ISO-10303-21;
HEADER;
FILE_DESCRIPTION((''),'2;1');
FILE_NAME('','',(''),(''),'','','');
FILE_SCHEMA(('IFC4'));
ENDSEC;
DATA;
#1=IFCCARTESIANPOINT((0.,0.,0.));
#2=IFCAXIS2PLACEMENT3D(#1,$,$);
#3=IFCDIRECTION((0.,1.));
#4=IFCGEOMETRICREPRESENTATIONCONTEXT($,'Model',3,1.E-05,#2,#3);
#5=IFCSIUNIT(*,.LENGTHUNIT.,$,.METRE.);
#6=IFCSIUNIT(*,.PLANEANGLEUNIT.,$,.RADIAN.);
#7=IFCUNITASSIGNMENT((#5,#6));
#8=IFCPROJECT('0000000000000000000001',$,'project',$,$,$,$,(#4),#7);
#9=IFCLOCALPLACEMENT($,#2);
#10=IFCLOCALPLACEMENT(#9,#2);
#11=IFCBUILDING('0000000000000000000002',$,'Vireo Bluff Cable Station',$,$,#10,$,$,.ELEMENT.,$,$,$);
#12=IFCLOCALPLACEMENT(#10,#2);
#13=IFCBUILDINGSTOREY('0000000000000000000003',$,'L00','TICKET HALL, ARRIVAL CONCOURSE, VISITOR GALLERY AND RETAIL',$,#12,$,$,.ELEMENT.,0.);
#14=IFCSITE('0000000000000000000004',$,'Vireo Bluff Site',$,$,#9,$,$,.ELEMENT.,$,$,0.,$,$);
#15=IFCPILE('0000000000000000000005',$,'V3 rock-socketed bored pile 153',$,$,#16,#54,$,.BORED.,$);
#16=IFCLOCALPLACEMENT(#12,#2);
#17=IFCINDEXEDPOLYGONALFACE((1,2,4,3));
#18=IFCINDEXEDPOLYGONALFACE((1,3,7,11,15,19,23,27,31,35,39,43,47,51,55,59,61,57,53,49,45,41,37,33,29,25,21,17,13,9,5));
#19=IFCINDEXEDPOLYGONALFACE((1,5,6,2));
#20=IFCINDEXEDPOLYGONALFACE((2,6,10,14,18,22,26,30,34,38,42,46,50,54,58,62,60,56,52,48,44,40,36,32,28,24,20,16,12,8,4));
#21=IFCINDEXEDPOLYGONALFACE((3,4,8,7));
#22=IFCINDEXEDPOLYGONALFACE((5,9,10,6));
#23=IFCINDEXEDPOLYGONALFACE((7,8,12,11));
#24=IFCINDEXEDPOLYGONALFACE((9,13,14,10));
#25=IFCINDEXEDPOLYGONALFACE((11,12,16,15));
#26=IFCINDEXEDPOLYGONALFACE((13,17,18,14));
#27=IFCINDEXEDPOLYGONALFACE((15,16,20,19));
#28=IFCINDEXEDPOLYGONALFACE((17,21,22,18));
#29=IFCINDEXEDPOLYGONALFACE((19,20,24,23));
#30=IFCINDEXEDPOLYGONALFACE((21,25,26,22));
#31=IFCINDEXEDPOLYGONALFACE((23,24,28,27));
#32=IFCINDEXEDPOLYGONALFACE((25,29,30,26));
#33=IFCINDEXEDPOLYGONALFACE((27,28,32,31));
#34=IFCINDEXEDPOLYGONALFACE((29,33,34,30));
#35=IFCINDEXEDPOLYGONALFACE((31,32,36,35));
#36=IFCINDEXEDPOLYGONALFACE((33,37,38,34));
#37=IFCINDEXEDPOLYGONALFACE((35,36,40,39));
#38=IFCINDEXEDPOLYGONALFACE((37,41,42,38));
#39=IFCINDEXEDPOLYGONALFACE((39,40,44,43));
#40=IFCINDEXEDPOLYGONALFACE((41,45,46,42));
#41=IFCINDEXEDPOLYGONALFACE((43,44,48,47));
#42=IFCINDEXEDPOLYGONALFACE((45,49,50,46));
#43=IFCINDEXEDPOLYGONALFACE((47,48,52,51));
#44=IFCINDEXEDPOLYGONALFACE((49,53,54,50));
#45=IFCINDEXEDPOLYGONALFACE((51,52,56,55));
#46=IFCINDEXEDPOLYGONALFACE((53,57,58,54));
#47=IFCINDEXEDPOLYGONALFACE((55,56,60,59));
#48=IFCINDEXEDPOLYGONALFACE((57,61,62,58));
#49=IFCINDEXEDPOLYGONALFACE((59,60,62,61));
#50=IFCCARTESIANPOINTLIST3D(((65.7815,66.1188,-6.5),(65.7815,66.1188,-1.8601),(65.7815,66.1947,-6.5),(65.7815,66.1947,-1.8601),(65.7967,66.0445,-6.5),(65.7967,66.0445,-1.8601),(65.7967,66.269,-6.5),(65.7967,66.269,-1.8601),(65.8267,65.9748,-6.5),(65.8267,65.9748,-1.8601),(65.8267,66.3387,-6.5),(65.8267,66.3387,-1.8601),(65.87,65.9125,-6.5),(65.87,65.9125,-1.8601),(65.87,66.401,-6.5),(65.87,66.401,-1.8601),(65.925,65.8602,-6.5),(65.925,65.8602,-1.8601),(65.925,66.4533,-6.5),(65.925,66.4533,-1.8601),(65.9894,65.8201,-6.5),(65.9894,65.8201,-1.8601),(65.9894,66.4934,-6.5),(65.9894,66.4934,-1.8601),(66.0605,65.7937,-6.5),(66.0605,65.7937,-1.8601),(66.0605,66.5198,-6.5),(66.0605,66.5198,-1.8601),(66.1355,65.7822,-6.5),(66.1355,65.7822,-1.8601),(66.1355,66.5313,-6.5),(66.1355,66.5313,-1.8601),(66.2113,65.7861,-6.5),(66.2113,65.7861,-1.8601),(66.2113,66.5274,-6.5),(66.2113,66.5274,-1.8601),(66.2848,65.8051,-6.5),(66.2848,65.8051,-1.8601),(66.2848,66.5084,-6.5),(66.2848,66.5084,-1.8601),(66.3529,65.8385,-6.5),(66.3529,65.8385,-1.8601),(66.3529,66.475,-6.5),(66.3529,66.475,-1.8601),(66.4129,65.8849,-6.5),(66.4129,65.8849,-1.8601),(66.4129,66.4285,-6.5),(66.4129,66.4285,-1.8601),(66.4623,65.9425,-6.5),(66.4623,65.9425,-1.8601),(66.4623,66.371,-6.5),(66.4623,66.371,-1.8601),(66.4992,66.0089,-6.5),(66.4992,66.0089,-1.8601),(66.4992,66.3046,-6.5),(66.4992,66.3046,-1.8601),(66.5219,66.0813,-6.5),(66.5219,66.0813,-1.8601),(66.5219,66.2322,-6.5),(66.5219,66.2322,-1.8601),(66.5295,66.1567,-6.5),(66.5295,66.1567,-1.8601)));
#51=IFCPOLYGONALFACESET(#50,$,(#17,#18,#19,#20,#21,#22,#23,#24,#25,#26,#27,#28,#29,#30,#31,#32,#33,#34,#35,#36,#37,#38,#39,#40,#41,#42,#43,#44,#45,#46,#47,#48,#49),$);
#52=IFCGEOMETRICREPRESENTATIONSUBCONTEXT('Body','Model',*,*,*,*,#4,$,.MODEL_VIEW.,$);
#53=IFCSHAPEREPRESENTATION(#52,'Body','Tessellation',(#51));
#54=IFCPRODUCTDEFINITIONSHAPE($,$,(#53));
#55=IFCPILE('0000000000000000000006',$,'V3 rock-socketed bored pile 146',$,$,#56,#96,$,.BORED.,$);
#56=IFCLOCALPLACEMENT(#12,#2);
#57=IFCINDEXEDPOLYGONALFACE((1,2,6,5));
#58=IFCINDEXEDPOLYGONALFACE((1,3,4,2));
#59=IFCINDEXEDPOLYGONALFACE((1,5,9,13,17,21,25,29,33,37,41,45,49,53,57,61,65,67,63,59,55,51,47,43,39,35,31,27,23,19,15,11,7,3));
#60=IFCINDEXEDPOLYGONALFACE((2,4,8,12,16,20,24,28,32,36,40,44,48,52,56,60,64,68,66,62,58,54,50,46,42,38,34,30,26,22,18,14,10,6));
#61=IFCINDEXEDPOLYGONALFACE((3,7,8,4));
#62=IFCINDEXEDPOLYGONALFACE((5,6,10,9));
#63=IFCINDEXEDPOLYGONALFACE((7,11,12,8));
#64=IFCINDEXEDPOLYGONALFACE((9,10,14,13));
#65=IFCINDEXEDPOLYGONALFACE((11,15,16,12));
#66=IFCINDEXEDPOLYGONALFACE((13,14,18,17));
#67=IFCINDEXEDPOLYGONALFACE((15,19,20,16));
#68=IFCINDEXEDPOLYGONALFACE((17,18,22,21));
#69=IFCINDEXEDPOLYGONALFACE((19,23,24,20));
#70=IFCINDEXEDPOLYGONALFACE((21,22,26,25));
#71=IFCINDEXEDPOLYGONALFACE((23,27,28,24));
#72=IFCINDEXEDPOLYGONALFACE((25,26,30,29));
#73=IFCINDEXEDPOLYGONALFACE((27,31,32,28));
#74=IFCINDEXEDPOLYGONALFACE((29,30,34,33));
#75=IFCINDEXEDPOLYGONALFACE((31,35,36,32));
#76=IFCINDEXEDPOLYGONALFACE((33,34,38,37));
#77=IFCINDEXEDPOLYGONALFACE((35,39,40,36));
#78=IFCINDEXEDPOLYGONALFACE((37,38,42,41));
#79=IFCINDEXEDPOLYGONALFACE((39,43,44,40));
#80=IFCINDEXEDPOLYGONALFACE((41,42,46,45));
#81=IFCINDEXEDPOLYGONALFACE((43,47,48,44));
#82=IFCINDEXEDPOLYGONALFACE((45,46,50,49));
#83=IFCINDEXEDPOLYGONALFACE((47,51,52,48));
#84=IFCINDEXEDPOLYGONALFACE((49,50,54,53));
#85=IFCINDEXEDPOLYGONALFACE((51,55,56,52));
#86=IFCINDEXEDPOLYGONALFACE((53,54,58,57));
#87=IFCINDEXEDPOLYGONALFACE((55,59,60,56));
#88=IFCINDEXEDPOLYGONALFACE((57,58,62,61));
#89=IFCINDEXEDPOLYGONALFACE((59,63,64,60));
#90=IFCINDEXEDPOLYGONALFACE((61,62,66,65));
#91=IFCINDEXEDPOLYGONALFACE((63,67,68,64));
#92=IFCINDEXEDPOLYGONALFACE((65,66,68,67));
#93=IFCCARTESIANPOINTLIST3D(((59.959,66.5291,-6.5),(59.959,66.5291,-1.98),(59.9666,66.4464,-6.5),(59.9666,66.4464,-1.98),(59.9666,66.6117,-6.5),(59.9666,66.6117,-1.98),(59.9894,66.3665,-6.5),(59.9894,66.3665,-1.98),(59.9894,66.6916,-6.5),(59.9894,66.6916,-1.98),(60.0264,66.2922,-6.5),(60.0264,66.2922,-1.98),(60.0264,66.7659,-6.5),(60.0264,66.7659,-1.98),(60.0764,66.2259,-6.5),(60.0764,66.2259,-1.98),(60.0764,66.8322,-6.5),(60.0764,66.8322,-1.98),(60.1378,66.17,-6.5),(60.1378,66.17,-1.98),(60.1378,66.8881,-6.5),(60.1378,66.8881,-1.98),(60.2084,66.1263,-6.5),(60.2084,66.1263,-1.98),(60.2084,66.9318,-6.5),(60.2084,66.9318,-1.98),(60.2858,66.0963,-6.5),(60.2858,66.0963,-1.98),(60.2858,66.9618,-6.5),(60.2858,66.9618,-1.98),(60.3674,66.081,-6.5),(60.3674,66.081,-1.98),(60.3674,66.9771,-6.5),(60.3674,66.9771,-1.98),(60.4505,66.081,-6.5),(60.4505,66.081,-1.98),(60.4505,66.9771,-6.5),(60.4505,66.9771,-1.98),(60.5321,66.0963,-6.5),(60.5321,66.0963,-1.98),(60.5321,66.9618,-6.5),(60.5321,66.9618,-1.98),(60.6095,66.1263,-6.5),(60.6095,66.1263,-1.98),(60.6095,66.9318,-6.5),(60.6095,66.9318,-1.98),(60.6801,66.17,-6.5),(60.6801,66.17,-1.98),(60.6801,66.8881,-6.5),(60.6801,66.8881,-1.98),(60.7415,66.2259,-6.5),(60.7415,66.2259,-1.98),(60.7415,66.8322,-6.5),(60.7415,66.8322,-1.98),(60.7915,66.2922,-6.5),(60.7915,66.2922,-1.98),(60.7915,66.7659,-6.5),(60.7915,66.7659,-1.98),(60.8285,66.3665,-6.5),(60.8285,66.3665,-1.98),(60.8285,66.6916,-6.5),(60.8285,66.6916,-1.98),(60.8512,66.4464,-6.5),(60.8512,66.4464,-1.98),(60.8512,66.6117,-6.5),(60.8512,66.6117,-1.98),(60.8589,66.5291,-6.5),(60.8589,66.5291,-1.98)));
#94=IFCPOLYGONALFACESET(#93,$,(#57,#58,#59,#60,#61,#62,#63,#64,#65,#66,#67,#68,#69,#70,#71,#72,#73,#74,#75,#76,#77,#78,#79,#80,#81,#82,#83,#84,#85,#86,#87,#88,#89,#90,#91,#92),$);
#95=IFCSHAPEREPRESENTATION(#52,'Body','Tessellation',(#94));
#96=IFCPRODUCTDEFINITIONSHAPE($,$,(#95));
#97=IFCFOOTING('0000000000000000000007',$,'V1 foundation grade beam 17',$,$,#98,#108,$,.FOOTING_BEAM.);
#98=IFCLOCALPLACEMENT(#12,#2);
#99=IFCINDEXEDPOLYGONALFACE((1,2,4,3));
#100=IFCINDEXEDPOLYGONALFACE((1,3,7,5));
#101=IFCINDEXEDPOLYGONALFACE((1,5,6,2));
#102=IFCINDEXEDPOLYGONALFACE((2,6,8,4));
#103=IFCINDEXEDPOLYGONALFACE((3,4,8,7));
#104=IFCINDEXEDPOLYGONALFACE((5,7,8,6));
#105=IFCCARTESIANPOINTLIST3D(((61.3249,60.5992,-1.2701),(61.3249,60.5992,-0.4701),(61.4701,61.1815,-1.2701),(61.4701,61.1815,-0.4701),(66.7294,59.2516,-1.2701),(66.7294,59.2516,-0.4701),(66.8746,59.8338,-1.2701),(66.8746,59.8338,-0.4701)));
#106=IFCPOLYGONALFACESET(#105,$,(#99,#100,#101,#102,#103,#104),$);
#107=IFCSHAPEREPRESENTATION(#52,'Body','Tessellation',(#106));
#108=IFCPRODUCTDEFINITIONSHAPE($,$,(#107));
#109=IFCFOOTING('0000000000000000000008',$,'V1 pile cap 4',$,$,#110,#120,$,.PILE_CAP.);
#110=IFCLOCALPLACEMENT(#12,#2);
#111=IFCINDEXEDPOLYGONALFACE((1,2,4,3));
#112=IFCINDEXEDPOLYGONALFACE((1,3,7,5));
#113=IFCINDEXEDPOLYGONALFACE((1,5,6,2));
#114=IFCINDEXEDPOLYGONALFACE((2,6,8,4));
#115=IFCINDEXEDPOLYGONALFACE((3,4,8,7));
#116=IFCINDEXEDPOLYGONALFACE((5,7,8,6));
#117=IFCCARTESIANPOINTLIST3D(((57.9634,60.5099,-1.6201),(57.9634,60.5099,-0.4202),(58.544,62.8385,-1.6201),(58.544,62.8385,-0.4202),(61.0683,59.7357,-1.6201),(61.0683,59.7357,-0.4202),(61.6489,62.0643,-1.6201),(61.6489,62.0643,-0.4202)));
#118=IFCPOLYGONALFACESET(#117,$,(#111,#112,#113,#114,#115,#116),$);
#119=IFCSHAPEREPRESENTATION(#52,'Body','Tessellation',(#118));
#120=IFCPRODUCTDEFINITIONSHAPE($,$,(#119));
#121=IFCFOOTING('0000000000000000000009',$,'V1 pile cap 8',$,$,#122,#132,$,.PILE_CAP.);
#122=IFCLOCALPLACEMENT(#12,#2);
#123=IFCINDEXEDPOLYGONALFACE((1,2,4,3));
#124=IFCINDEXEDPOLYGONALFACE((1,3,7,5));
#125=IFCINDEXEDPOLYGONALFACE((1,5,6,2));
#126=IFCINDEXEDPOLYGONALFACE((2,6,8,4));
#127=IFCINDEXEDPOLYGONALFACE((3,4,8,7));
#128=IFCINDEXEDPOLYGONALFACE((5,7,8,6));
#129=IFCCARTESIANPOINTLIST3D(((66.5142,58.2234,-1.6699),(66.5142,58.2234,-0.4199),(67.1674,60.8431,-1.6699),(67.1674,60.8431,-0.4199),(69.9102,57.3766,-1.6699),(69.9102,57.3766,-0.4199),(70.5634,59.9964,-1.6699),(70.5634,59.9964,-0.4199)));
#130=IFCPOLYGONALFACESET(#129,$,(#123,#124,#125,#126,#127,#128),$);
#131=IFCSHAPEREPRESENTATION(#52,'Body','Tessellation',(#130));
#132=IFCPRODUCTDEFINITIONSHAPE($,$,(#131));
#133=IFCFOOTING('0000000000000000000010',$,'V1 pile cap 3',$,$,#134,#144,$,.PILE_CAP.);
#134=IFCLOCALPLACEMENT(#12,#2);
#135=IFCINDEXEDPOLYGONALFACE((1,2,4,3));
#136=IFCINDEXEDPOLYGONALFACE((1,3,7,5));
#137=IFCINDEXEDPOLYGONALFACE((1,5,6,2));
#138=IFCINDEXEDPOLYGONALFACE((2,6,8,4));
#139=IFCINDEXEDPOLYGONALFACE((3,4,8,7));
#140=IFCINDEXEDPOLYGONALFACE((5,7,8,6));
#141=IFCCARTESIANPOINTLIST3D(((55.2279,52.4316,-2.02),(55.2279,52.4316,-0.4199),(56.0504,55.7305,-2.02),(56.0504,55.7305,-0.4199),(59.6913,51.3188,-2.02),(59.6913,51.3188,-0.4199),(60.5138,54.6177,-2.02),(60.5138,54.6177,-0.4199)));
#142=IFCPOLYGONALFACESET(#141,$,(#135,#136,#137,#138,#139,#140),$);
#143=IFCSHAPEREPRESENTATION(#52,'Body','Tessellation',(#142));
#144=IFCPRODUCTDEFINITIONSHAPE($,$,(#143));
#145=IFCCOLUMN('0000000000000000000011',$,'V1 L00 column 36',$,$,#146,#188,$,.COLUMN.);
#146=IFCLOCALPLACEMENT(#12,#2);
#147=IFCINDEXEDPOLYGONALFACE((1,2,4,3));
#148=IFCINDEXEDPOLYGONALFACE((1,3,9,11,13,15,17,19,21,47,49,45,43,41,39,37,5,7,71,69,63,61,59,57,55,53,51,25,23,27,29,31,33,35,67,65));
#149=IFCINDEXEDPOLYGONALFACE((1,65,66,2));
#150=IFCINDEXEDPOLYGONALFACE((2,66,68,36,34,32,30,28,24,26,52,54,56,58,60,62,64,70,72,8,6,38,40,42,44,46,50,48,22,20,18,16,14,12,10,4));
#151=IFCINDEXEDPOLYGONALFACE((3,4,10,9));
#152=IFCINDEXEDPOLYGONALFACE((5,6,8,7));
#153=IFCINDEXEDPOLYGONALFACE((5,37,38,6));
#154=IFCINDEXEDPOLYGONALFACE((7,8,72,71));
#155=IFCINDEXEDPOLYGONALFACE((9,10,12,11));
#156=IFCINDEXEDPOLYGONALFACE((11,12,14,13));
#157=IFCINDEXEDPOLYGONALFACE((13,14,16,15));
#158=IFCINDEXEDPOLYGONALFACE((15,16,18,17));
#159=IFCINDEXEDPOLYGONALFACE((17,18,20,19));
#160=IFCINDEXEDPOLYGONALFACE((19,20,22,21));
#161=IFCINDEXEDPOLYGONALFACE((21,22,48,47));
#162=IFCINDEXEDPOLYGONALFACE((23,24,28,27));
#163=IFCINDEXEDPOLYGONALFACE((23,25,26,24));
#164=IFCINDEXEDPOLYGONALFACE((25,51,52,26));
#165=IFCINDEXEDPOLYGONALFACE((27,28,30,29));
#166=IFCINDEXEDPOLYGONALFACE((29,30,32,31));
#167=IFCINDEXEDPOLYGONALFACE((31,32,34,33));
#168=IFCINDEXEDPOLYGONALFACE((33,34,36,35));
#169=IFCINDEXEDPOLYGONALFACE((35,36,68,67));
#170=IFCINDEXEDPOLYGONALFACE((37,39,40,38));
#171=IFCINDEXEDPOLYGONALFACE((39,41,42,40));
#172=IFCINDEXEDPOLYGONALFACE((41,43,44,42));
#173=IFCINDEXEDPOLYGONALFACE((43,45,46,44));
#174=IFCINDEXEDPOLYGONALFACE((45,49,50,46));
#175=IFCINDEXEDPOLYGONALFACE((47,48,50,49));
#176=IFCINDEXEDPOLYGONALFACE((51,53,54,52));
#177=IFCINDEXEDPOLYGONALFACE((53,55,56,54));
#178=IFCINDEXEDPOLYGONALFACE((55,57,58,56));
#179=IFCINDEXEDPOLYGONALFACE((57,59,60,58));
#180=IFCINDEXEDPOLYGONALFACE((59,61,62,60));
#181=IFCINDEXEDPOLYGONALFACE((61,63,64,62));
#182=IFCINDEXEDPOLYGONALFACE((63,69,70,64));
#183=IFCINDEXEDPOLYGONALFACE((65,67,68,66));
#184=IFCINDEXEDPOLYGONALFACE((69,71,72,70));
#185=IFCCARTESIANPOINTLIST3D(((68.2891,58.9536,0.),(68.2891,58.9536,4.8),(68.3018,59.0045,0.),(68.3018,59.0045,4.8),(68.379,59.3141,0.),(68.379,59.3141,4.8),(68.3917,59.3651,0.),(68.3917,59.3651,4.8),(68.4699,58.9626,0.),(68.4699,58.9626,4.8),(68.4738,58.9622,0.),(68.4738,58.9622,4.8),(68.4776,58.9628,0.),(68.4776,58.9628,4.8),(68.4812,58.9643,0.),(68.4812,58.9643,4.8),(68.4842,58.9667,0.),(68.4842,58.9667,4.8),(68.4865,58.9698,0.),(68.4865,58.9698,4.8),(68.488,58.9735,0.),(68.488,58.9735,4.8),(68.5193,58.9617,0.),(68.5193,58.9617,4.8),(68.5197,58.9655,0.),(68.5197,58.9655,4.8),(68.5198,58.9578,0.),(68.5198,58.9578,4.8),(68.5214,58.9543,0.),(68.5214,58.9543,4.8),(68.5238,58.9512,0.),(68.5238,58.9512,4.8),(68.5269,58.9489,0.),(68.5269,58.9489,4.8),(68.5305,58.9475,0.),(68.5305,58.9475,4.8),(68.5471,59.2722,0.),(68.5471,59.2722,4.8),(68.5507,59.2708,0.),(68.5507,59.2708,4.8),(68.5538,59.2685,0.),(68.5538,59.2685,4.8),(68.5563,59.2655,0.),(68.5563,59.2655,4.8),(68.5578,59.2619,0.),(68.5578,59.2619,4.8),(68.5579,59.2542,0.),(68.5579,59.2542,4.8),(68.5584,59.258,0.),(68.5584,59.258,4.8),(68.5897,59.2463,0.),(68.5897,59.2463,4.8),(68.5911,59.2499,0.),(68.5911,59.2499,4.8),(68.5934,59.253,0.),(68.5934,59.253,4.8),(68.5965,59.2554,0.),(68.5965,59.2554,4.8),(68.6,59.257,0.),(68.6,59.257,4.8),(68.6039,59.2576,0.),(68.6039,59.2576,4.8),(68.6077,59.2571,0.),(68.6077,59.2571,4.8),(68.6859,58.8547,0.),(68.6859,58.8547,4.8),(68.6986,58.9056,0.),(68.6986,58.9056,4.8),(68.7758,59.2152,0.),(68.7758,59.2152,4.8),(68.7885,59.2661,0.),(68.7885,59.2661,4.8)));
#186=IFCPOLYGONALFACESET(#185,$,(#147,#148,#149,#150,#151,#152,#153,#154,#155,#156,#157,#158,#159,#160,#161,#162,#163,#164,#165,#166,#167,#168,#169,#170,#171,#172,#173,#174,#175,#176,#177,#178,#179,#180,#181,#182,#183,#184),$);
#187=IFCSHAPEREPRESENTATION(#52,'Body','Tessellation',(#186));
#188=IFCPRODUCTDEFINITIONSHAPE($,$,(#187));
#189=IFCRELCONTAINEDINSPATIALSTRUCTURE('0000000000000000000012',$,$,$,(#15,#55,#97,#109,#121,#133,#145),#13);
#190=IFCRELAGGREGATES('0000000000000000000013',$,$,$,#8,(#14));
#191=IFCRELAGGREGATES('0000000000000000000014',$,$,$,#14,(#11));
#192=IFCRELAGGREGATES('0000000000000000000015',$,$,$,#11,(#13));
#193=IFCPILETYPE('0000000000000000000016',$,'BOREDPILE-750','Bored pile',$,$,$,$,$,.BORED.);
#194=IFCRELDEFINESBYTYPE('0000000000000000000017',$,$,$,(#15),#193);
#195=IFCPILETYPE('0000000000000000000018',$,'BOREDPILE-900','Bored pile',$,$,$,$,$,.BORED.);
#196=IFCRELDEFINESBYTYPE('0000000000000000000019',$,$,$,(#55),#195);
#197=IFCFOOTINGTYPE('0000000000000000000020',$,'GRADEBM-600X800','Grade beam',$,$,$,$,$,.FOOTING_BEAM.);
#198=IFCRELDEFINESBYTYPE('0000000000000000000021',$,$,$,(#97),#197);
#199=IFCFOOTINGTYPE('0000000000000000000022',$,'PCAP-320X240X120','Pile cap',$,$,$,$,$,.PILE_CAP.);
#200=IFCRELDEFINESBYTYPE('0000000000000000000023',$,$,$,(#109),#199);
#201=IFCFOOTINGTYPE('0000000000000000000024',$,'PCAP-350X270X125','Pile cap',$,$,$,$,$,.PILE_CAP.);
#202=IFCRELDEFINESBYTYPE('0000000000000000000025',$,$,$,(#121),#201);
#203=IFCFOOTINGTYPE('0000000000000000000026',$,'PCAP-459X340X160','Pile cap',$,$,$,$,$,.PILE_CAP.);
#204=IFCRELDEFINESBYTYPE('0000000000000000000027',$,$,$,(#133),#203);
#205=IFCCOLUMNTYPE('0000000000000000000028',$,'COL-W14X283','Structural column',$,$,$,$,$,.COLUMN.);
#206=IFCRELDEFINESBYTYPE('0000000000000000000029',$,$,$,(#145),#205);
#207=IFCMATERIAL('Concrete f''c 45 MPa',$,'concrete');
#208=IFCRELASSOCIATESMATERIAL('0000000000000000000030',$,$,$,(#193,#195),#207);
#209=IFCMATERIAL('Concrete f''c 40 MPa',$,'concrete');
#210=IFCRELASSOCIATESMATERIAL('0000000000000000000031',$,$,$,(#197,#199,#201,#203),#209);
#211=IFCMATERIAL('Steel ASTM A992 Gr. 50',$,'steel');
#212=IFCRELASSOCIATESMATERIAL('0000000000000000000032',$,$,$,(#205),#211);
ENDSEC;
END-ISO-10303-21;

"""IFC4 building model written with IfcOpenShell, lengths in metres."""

from ifc_helpers import new_model, si_unit, direction, frame, origin, origin_2d, place, context, subcontext, project, spatial, rectangle, circle, i_section, extrude, material, material_profile, profile_set, type_object, element, save


model = new_model("IFC4")

# Units and contexts
model_context = context("Model", 3, precision=1e-05, world=origin(), true_north=direction((0.0, 1.0)))
body_context = subcontext(model_context, "Body", "Model", "MODEL_VIEW")
ifc_project = project(units=[si_unit("LENGTHUNIT", "METRE"), si_unit("PLANEANGLEUNIT", "RADIAN")], contexts=[model_context])

# Site, building, storey
site_placement = place(None, origin())
site = spatial("IfcSite", under=ifc_project, at=site_placement, Name="Vireo Bluff Site", CompositionType="ELEMENT", RefElevation=0.0)
building_placement = place(site_placement, origin())
building = spatial("IfcBuilding", under=site, at=building_placement, Name="Vireo Bluff Cable Station", CompositionType="ELEMENT")
storey_placement = place(building_placement, origin())
storey = spatial("IfcBuildingStorey", under=building, at=storey_placement, Name="L00", Description="TICKET HALL, ARRIVAL CONCOURSE, VISITOR GALLERY AND RETAIL", CompositionType="ELEMENT", Elevation=0.0)

# Piles
ifc_material_1 = material(Name="Concrete f'c 45 MPa", Category="concrete")
ifc_material_profile_1 = material_profile(ifc_material_1, circle(Radius=0.375, at=origin_2d()), Name="BOREDPILE-750")
ifc_profile_set_1 = profile_set([ifc_material_profile_1], Name="Concrete f'c 45 MPa")
pile_type_1 = type_object("IfcPileType", Name="BOREDPILE-750", Description="Bored pile", PredefinedType="BORED", material=ifc_profile_set_1)
pile_1_placement = place(storey_placement, frame((66.1545, 66.1567, -1.8601), z_axis=(0.0, 0.0, -1.0), x_axis=(1.0, 0.0, 0.0)))
element("IfcPile", 1, at=pile_1_placement, inside=storey, type_object=pile_type_1, Name="V3 rock-socketed bored pile 153", PredefinedType="BORED", context=body_context, shape_type="SweptSolid", body=[
    extrude(circle(Radius=0.375, at=origin_2d()), origin(), (0.0, 0.0, 1.0), 4.6399),
])
ifc_material_profile_2 = material_profile(ifc_material_1, circle(Radius=0.45, at=origin_2d()), Name="BOREDPILE-900")
ifc_profile_set_2 = profile_set([ifc_material_profile_2], Name="Concrete f'c 45 MPa")
pile_type_2 = type_object("IfcPileType", Name="BOREDPILE-900", Description="Bored pile", PredefinedType="BORED", material=ifc_profile_set_2)
pile_2_placement = place(storey_placement, frame((60.4089, 66.5291, -1.98), z_axis=(0.0, 0.0, -1.0), x_axis=(1.0, 0.0, 0.0)))
element("IfcPile", 2, at=pile_2_placement, inside=storey, type_object=pile_type_2, Name="V3 rock-socketed bored pile 146", PredefinedType="BORED", context=body_context, shape_type="SweptSolid", body=[
    extrude(circle(Radius=0.45, at=origin_2d()), origin(), (0.0, 0.0, 1.0), 4.52),
])

# Footings
ifc_material_2 = material(Name="Concrete f'c 40 MPa", Category="concrete")
ifc_material_profile_3 = material_profile(ifc_material_2, rectangle(XDim=0.6001, YDim=0.8, at=origin_2d()), Name="GRADEBM-600X800")
ifc_profile_set_3 = profile_set([ifc_material_profile_3], Name="Concrete f'c 40 MPa")
footing_type_1 = type_object("IfcFootingType", Name="GRADEBM-600X800", Description="Grade beam", PredefinedType="FOOTING_BEAM", material=ifc_profile_set_3)
footing_1_placement = place(storey_placement, frame((61.3975, 60.8904, -0.8701), z_axis=(0.970289, -0.241948, 0.0), x_axis=(0.241948, 0.970289, 0.0)))
element("IfcFooting", 3, at=footing_1_placement, inside=storey, type_object=footing_type_1, Name="V1 foundation grade beam 17", PredefinedType="FOOTING_BEAM", context=body_context, shape_type="SweptSolid", body=[
    extrude(rectangle(XDim=0.6001, YDim=0.8, at=origin_2d()), origin(), (0.0, 0.0, 1.0), 5.5701),
])
footing_type_2 = type_object("IfcFootingType", Name="PCAP-320X240X120", Description="Pile cap", PredefinedType="PILE_CAP", material=ifc_material_2)
footing_2_placement = place(storey_placement, frame((59.8062, 61.2871, -1.6201), z_axis=(0.0, 0.0, 1.0), x_axis=(0.970296, -0.241922, 0.0)))
element("IfcFooting", 4, at=footing_2_placement, inside=storey, type_object=footing_type_2, Name="V1 pile cap 4", PredefinedType="PILE_CAP", context=body_context, shape_type="SweptSolid", body=[
    extrude(rectangle(XDim=3.2, YDim=2.3999, at=origin_2d()), origin(), (0.0, 0.0, 1.0), 1.2),
])
footing_type_3 = type_object("IfcFootingType", Name="PCAP-350X270X125", Description="Pile cap", PredefinedType="PILE_CAP", material=ifc_material_2)
footing_3_placement = place(storey_placement, frame((68.5388, 59.1099, -1.6699), z_axis=(0.0, 0.0, 1.0), x_axis=(0.970296, -0.241922, 0.0)))
element("IfcFooting", 5, at=footing_3_placement, inside=storey, type_object=footing_type_3, Name="V1 pile cap 8", PredefinedType="PILE_CAP", context=body_context, shape_type="SweptSolid", body=[
    extrude(rectangle(XDim=3.5, YDim=2.7, at=origin_2d()), origin(), (0.0, 0.0, 1.0), 1.25),
])
footing_type_4 = type_object("IfcFootingType", Name="PCAP-459X340X160", Description="Pile cap", PredefinedType="PILE_CAP", material=ifc_material_2)
footing_4_placement = place(storey_placement, frame((57.8708, 53.5247, -2.02), z_axis=(0.0, 0.0, 1.0), x_axis=(0.970296, -0.241922, 0.0)))
element("IfcFooting", 6, at=footing_4_placement, inside=storey, type_object=footing_type_4, Name="V1 pile cap 3", PredefinedType="PILE_CAP", context=body_context, shape_type="SweptSolid", body=[
    extrude(rectangle(XDim=4.6001, YDim=3.3999, at=origin_2d()), origin(), (0.0, 0.0, 1.0), 1.6001),
])

# Column
ifc_material_3 = material(Name="Steel ASTM A992 Gr. 50", Category="steel")
ifc_material_profile_4 = material_profile(ifc_material_3, i_section(OverallWidth=0.4089, OverallDepth=0.4241, WebThickness=0.0327, FlangeThickness=0.0525, FilletRadius=0.0149, at=origin_2d()), Name="W14X283")
ifc_profile_set_4 = profile_set([ifc_material_profile_4], Name="Steel ASTM A992 Gr. 50")
column_type_1 = type_object("IfcColumnType", Name="COL-W14X283", Description="Structural column", PredefinedType="COLUMN", material=ifc_profile_set_4)
column_1_placement = place(storey_placement, frame((68.5388, 59.1099, 0.0), z_axis=(0.0, 0.0, 1.0), x_axis=(0.970296, -0.241922, 0.0)))
element("IfcColumn", 7, at=column_1_placement, inside=storey, type_object=column_type_1, Name="V1 L00 column 36", PredefinedType="COLUMN", context=body_context, shape_type="SweptSolid", body=[
    extrude(i_section(OverallWidth=0.4089, OverallDepth=0.4241, WebThickness=0.0327, FlangeThickness=0.0525, FilletRadius=0.0149, at=origin_2d()), origin(), (0.0, 0.0, 1.0), 4.8),
])

save(model, "model.ifc")
